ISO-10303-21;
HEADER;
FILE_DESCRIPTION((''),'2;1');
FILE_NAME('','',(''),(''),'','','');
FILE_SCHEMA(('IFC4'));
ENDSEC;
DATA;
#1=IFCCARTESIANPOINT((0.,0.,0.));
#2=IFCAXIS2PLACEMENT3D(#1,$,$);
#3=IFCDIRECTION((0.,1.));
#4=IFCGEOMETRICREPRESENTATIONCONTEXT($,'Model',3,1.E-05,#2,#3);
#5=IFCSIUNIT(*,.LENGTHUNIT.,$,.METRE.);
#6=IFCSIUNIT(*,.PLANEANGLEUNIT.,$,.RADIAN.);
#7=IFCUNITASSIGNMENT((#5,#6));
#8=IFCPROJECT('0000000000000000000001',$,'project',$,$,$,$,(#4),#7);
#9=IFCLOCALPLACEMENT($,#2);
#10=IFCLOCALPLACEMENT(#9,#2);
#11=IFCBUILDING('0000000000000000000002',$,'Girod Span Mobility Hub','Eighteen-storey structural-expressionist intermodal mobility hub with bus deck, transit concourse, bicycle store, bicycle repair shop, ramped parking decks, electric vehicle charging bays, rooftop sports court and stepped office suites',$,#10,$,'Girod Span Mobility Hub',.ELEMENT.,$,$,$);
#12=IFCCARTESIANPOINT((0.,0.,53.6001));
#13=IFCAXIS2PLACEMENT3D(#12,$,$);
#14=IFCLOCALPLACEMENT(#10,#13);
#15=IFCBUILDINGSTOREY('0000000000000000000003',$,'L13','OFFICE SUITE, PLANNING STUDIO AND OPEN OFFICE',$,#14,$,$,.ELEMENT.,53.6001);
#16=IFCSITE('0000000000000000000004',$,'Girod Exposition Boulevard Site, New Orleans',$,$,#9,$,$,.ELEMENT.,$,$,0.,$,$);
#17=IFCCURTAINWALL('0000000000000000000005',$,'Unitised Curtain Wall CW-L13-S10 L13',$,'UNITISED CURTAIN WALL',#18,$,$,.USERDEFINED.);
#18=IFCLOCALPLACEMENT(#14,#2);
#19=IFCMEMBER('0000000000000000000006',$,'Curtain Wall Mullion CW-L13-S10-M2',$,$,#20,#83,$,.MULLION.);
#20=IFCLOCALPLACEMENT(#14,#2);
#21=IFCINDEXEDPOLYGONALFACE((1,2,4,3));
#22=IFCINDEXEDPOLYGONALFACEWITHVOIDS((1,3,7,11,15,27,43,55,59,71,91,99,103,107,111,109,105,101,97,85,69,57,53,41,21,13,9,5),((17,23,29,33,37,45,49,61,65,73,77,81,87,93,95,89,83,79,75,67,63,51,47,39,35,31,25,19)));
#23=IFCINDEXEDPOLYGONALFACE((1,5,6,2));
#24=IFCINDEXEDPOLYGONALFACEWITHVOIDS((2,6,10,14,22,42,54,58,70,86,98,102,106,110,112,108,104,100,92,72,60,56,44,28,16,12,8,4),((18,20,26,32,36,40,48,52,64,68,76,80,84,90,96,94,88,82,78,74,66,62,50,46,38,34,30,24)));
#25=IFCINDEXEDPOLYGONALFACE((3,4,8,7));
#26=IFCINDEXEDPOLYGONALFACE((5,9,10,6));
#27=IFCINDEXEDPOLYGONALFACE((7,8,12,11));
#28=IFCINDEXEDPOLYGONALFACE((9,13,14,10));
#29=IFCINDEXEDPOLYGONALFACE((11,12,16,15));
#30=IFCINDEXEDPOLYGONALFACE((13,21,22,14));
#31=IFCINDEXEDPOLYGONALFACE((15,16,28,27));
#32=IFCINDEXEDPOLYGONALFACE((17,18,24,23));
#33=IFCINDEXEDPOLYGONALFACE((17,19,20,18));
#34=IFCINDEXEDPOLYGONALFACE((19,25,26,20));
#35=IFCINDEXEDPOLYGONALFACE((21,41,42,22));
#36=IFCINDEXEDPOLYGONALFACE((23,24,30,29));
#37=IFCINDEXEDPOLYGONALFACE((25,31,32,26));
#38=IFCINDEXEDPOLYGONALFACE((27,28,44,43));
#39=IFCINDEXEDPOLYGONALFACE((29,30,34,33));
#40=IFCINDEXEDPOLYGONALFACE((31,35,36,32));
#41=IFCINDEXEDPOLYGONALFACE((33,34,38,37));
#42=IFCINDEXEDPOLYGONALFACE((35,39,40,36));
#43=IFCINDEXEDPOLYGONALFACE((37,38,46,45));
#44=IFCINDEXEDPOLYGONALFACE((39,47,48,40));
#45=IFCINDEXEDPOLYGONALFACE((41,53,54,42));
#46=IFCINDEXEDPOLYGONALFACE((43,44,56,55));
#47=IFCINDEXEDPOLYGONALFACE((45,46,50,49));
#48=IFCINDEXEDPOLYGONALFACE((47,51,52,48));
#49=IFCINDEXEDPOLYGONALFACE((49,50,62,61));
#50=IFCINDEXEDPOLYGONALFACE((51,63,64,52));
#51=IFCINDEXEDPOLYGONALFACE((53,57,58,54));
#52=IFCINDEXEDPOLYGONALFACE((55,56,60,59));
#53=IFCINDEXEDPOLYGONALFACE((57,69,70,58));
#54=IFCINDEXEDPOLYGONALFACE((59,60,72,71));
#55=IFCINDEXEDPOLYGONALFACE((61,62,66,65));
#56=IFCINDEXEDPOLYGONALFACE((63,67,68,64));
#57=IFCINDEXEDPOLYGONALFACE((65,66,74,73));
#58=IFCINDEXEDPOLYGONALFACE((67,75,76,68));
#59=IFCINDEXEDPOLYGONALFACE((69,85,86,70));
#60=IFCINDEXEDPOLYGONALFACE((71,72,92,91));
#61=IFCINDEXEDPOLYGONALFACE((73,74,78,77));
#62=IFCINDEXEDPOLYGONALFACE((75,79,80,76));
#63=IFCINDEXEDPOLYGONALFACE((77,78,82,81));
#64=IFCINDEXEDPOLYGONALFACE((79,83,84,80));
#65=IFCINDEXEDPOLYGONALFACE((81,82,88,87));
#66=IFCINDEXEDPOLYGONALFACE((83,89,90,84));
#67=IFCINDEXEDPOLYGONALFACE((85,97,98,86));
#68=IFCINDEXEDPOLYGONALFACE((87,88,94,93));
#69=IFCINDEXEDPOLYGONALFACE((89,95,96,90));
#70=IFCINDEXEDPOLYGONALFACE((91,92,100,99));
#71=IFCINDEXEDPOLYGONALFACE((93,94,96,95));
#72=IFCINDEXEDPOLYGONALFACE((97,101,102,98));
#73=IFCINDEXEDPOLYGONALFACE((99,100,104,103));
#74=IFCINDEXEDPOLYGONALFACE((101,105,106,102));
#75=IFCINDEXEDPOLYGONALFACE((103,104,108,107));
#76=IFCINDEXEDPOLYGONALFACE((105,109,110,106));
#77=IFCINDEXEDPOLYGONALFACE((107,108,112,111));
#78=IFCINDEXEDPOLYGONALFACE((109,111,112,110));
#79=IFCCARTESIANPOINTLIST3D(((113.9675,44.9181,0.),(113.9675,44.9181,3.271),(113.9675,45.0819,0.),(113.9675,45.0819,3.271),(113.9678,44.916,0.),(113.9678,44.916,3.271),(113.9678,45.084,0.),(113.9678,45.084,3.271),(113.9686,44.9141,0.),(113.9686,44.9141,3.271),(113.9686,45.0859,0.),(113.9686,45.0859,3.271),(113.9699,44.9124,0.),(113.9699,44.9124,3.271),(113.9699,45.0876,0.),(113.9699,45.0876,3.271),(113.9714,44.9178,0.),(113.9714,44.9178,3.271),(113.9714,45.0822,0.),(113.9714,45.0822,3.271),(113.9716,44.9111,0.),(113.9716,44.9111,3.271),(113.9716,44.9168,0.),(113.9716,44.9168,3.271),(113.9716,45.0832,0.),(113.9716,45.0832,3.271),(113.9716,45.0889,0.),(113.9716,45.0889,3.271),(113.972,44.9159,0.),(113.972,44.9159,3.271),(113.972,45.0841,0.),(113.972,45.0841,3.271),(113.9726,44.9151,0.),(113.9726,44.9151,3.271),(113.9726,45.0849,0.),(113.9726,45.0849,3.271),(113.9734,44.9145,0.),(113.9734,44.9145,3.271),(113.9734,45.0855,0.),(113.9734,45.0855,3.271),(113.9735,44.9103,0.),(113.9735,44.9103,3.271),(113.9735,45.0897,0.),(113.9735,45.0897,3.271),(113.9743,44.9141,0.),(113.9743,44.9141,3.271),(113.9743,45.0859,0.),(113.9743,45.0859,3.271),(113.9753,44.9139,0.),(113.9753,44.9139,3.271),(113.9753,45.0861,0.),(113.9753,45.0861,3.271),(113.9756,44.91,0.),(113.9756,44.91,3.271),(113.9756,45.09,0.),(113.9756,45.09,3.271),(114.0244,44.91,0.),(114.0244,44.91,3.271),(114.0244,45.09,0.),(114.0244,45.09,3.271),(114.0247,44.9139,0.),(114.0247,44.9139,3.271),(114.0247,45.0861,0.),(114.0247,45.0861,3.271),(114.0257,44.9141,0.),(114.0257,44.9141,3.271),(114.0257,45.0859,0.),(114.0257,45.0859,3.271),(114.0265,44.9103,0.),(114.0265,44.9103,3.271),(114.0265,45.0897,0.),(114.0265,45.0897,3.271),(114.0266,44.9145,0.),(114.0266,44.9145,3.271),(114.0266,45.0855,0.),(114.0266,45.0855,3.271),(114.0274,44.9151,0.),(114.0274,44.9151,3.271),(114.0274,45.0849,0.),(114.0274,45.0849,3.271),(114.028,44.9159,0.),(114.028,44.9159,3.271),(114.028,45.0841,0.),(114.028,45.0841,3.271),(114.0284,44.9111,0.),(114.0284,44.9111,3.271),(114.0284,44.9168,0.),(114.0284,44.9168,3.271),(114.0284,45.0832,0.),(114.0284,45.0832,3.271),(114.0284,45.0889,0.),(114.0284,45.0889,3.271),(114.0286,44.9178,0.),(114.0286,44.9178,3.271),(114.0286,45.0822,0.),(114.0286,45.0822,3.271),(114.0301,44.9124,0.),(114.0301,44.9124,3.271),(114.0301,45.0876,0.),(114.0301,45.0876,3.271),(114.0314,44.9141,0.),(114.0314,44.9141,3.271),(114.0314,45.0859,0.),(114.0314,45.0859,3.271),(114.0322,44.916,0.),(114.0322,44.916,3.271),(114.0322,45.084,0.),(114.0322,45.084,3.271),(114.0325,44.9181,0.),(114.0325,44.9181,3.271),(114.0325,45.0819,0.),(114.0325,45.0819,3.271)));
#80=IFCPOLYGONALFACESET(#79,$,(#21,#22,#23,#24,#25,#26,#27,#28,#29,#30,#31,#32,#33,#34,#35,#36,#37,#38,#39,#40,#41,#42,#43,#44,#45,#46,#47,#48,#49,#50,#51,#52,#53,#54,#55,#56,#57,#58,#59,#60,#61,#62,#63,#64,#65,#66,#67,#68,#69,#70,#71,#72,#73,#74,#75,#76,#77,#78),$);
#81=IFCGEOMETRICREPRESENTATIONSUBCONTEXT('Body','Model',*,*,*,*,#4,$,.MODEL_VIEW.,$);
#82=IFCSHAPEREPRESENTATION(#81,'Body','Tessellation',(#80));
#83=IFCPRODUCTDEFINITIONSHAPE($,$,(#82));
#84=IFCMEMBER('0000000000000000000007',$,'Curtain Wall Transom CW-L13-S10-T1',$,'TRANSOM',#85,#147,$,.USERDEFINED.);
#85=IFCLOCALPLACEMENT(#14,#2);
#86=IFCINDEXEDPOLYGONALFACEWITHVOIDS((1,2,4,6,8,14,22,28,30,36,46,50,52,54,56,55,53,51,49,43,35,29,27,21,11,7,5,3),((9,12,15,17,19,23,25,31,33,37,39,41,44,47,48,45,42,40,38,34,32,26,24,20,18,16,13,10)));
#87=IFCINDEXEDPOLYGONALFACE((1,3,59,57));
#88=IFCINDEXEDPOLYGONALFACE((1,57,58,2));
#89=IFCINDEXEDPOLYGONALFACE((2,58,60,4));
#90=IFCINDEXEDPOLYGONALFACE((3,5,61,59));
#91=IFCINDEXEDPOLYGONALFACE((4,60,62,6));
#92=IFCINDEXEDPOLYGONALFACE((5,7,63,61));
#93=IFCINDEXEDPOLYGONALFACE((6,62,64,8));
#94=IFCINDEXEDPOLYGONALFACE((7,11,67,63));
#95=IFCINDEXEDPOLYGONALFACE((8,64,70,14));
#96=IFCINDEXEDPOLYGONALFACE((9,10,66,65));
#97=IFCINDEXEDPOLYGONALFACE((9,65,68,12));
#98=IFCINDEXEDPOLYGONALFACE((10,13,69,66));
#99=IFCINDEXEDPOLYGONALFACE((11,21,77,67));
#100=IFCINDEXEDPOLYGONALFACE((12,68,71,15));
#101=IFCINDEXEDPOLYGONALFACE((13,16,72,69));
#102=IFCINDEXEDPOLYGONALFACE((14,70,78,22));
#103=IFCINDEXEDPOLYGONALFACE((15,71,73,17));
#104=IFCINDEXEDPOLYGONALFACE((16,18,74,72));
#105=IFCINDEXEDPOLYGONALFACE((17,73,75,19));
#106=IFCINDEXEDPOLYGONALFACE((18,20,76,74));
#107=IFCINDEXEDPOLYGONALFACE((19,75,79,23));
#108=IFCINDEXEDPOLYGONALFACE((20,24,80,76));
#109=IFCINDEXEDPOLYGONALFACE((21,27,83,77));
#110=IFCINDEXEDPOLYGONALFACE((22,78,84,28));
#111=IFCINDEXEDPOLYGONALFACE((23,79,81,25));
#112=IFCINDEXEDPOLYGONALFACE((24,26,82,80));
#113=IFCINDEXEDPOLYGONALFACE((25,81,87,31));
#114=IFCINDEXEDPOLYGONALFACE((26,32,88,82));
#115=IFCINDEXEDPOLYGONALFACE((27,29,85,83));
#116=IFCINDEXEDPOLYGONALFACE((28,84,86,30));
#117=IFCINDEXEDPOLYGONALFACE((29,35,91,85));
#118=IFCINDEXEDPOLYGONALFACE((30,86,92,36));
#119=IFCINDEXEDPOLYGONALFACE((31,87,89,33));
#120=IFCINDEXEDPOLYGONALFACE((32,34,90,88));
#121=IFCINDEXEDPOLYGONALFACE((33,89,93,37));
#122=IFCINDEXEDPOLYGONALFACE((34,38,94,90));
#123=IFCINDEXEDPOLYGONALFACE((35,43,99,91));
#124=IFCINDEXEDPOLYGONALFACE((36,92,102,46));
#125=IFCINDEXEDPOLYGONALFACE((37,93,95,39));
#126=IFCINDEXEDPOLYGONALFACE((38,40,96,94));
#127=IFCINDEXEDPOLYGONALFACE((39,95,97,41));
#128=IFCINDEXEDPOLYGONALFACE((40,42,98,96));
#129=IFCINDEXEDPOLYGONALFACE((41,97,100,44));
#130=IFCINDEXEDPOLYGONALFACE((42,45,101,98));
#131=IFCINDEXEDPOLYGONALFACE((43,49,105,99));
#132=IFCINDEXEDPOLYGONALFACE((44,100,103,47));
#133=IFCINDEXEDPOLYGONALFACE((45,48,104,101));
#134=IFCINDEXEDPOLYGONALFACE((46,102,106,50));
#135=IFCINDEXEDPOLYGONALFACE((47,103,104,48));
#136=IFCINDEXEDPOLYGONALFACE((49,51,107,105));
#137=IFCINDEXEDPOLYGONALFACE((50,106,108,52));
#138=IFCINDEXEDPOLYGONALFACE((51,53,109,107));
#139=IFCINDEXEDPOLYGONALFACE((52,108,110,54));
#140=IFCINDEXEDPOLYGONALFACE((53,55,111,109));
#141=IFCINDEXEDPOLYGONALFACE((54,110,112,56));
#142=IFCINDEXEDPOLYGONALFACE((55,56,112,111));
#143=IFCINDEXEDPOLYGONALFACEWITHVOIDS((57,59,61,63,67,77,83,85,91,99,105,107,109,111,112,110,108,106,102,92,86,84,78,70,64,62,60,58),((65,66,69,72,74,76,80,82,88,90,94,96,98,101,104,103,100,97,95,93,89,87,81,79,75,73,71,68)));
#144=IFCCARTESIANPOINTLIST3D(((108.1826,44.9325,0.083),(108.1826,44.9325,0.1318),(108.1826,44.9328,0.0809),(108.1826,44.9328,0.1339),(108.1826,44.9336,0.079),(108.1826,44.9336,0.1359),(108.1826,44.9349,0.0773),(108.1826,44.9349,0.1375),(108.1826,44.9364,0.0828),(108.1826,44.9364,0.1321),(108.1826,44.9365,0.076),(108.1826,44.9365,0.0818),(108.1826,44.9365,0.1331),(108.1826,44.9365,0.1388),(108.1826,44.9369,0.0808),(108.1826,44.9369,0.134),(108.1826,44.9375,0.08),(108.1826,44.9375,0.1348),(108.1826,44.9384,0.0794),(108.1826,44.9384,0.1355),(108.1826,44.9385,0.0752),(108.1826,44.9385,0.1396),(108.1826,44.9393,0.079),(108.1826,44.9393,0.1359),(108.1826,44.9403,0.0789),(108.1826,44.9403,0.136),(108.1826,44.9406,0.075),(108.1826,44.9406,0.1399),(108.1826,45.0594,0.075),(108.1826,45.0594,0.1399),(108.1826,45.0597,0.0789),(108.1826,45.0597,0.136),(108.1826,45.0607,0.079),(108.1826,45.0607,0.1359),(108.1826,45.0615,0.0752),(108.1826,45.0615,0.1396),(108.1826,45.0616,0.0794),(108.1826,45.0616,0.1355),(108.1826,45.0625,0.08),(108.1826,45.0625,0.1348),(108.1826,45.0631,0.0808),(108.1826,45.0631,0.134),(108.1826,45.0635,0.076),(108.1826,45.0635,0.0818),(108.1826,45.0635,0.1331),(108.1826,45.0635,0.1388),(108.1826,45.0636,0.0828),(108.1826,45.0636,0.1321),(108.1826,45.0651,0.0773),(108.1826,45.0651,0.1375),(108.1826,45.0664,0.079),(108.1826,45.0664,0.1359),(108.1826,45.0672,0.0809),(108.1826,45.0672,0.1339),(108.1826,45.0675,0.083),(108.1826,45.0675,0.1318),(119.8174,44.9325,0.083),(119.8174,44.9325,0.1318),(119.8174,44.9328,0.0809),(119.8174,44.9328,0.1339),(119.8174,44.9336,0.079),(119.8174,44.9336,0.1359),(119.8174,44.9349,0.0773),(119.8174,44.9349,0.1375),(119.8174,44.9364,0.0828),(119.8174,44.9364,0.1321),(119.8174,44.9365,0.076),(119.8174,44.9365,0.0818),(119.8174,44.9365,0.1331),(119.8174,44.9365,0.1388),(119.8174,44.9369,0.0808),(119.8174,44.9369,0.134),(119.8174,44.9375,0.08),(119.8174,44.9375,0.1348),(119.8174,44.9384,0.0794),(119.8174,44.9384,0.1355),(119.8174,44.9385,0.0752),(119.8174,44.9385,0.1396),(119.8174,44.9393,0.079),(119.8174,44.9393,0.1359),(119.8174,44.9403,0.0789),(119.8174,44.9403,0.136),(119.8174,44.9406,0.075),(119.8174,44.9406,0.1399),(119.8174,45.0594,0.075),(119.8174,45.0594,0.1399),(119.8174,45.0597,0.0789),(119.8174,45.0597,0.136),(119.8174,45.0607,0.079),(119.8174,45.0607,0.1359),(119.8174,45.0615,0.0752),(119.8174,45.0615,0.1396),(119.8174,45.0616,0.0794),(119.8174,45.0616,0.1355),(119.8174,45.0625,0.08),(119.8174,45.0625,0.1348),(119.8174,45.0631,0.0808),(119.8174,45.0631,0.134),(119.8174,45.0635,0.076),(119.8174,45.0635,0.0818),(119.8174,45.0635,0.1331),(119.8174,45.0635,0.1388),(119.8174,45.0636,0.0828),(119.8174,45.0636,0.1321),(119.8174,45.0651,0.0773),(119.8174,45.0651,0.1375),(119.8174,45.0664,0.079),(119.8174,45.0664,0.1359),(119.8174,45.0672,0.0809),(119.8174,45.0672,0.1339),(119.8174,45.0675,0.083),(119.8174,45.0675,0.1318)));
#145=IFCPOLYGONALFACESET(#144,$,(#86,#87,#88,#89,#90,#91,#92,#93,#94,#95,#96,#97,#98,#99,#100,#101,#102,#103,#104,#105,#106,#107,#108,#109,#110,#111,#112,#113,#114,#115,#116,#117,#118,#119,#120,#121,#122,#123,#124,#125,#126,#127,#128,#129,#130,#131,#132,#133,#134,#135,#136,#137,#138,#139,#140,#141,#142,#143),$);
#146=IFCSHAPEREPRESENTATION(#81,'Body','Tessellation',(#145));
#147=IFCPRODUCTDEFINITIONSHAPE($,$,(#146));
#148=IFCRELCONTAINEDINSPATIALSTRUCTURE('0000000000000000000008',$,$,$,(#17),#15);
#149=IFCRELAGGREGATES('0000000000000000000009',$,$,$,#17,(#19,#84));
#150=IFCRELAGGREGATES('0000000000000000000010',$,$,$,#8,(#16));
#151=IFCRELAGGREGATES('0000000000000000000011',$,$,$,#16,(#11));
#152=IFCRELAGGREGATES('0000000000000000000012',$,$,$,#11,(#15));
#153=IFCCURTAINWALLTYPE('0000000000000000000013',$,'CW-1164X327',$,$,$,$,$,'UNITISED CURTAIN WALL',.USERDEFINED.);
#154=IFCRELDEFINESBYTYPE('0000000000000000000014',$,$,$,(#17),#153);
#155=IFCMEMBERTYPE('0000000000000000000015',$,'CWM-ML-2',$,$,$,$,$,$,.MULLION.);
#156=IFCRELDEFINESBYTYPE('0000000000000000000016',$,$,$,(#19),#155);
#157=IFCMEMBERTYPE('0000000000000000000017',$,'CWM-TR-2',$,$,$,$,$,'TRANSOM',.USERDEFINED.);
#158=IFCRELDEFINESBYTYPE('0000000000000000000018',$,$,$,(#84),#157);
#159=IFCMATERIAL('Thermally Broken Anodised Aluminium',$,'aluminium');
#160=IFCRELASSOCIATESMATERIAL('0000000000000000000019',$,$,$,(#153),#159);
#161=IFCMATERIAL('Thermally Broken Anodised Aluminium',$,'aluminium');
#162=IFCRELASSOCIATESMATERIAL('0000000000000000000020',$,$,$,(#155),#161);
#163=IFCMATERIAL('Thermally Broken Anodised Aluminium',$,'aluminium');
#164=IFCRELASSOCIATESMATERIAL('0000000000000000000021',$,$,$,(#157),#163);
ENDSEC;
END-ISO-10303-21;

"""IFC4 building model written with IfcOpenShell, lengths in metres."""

from ifc_helpers import new_model, si_unit, direction, frame, origin, origin_2d, place, context, subcontext, project, spatial, hollow_rectangle, extrude, material, material_profile, profile_set, type_object, element, aggregate, save


model = new_model("IFC4")

# Units and contexts
model_context = context("Model", 3, precision=1e-05, world=origin(), true_north=direction((0.0, 1.0)))
body_context = subcontext(model_context, "Body", "Model", "MODEL_VIEW")
ifc_project = project(units=[si_unit("LENGTHUNIT", "METRE"), si_unit("PLANEANGLEUNIT", "RADIAN")], contexts=[model_context])

# Site, building, storey
site_placement = place(None, origin())
site = spatial("IfcSite", under=ifc_project, at=site_placement, Name="Girod Exposition Boulevard Site, New Orleans", CompositionType="ELEMENT", RefElevation=0.0)
building_placement = place(site_placement, origin())
building = spatial("IfcBuilding", under=site, at=building_placement, Name="Girod Span Mobility Hub", Description="Eighteen-storey structural-expressionist intermodal mobility hub with bus deck, transit concourse, bicycle store, bicycle repair shop, ramped parking decks, electric vehicle charging bays, rooftop sports court and stepped office suites", LongName="Girod Span Mobility Hub", CompositionType="ELEMENT")
storey_placement = place(building_placement, frame((0.0, 0.0, 53.6001)))
storey = spatial("IfcBuildingStorey", under=building, at=storey_placement, Name="L13", Description="OFFICE SUITE, PLANNING STUDIO AND OPEN OFFICE", CompositionType="ELEMENT", Elevation=53.6001)

# Curtain wall, members
ifc_material_1 = material(Name="Thermally Broken Anodised Aluminium", Category="aluminium")
curtain_wall_type = type_object("IfcCurtainWallType", Name="CW-1164X327", ElementType="UNITISED CURTAIN WALL", PredefinedType="USERDEFINED", material=ifc_material_1)
ifc_material_2 = material(Name="Thermally Broken Anodised Aluminium", Category="aluminium")
ifc_material_profile_1 = material_profile(ifc_material_2, hollow_rectangle(XDim=0.1799, YDim=0.0649, WallThickness=0.0039, InnerFilletRadius=0.0039, OuterFilletRadius=0.0081, at=origin_2d()), Name="CW-ML-65X180")
ifc_profile_set_1 = profile_set([ifc_material_profile_1], Name="Thermally Broken Anodised Aluminium")
member_type_1 = type_object("IfcMemberType", Name="CWM-ML-2", PredefinedType="MULLION", material=ifc_profile_set_1)
curtain_wall_1_placement = place(storey_placement, origin())
curtain_wall_1 = element("IfcCurtainWall", 1, at=curtain_wall_1_placement, inside=storey, type_object=curtain_wall_type, Name="Unitised Curtain Wall CW-L13-S10 L13", ObjectType="UNITISED CURTAIN WALL", PredefinedType="USERDEFINED")
member_1_placement = place(storey_placement, frame((114.0, 45.0, 0.0), z_axis=(0.0, 0.0, 1.0), x_axis=(0.0, 1.0, 0.0)))
member_1 = element("IfcMember", 2, at=member_1_placement, type_object=member_type_1, Name="Curtain Wall Mullion CW-L13-S10-M2", PredefinedType="MULLION", context=body_context, shape_type="SweptSolid", body=[
    extrude(hollow_rectangle(XDim=0.1799, YDim=0.0649, WallThickness=0.0039, InnerFilletRadius=0.0039, OuterFilletRadius=0.0081, at=origin_2d()), origin(), (0.0, 0.0, 1.0), 3.271),
])
ifc_material_3 = material(Name="Thermally Broken Anodised Aluminium", Category="aluminium")
ifc_material_profile_2 = material_profile(ifc_material_3, hollow_rectangle(XDim=0.135, YDim=0.0649, WallThickness=0.0039, InnerFilletRadius=0.0039, OuterFilletRadius=0.0081, at=origin_2d()), Name="CW-TR-65X135")
ifc_profile_set_2 = profile_set([ifc_material_profile_2], Name="Thermally Broken Anodised Aluminium")
member_type_2 = type_object("IfcMemberType", Name="CWM-TR-2", ElementType="TRANSOM", PredefinedType="USERDEFINED", material=ifc_profile_set_2)
member_2_placement = place(storey_placement, frame((108.1826, 45.0, 0.1074), z_axis=(1.0, 0.0, 0.0), x_axis=(0.0, 1.0, 0.0)))
member_2 = element("IfcMember", 3, at=member_2_placement, type_object=member_type_2, Name="Curtain Wall Transom CW-L13-S10-T1", ObjectType="TRANSOM", PredefinedType="USERDEFINED", context=body_context, shape_type="SweptSolid", body=[
    extrude(hollow_rectangle(XDim=0.135, YDim=0.0649, WallThickness=0.0039, InnerFilletRadius=0.0039, OuterFilletRadius=0.0081, at=origin_2d()), origin(), (0.0, 0.0, 1.0), 11.6348),
])

aggregate(curtain_wall_1, [member_1, member_2])

save(model, "model.ifc")
